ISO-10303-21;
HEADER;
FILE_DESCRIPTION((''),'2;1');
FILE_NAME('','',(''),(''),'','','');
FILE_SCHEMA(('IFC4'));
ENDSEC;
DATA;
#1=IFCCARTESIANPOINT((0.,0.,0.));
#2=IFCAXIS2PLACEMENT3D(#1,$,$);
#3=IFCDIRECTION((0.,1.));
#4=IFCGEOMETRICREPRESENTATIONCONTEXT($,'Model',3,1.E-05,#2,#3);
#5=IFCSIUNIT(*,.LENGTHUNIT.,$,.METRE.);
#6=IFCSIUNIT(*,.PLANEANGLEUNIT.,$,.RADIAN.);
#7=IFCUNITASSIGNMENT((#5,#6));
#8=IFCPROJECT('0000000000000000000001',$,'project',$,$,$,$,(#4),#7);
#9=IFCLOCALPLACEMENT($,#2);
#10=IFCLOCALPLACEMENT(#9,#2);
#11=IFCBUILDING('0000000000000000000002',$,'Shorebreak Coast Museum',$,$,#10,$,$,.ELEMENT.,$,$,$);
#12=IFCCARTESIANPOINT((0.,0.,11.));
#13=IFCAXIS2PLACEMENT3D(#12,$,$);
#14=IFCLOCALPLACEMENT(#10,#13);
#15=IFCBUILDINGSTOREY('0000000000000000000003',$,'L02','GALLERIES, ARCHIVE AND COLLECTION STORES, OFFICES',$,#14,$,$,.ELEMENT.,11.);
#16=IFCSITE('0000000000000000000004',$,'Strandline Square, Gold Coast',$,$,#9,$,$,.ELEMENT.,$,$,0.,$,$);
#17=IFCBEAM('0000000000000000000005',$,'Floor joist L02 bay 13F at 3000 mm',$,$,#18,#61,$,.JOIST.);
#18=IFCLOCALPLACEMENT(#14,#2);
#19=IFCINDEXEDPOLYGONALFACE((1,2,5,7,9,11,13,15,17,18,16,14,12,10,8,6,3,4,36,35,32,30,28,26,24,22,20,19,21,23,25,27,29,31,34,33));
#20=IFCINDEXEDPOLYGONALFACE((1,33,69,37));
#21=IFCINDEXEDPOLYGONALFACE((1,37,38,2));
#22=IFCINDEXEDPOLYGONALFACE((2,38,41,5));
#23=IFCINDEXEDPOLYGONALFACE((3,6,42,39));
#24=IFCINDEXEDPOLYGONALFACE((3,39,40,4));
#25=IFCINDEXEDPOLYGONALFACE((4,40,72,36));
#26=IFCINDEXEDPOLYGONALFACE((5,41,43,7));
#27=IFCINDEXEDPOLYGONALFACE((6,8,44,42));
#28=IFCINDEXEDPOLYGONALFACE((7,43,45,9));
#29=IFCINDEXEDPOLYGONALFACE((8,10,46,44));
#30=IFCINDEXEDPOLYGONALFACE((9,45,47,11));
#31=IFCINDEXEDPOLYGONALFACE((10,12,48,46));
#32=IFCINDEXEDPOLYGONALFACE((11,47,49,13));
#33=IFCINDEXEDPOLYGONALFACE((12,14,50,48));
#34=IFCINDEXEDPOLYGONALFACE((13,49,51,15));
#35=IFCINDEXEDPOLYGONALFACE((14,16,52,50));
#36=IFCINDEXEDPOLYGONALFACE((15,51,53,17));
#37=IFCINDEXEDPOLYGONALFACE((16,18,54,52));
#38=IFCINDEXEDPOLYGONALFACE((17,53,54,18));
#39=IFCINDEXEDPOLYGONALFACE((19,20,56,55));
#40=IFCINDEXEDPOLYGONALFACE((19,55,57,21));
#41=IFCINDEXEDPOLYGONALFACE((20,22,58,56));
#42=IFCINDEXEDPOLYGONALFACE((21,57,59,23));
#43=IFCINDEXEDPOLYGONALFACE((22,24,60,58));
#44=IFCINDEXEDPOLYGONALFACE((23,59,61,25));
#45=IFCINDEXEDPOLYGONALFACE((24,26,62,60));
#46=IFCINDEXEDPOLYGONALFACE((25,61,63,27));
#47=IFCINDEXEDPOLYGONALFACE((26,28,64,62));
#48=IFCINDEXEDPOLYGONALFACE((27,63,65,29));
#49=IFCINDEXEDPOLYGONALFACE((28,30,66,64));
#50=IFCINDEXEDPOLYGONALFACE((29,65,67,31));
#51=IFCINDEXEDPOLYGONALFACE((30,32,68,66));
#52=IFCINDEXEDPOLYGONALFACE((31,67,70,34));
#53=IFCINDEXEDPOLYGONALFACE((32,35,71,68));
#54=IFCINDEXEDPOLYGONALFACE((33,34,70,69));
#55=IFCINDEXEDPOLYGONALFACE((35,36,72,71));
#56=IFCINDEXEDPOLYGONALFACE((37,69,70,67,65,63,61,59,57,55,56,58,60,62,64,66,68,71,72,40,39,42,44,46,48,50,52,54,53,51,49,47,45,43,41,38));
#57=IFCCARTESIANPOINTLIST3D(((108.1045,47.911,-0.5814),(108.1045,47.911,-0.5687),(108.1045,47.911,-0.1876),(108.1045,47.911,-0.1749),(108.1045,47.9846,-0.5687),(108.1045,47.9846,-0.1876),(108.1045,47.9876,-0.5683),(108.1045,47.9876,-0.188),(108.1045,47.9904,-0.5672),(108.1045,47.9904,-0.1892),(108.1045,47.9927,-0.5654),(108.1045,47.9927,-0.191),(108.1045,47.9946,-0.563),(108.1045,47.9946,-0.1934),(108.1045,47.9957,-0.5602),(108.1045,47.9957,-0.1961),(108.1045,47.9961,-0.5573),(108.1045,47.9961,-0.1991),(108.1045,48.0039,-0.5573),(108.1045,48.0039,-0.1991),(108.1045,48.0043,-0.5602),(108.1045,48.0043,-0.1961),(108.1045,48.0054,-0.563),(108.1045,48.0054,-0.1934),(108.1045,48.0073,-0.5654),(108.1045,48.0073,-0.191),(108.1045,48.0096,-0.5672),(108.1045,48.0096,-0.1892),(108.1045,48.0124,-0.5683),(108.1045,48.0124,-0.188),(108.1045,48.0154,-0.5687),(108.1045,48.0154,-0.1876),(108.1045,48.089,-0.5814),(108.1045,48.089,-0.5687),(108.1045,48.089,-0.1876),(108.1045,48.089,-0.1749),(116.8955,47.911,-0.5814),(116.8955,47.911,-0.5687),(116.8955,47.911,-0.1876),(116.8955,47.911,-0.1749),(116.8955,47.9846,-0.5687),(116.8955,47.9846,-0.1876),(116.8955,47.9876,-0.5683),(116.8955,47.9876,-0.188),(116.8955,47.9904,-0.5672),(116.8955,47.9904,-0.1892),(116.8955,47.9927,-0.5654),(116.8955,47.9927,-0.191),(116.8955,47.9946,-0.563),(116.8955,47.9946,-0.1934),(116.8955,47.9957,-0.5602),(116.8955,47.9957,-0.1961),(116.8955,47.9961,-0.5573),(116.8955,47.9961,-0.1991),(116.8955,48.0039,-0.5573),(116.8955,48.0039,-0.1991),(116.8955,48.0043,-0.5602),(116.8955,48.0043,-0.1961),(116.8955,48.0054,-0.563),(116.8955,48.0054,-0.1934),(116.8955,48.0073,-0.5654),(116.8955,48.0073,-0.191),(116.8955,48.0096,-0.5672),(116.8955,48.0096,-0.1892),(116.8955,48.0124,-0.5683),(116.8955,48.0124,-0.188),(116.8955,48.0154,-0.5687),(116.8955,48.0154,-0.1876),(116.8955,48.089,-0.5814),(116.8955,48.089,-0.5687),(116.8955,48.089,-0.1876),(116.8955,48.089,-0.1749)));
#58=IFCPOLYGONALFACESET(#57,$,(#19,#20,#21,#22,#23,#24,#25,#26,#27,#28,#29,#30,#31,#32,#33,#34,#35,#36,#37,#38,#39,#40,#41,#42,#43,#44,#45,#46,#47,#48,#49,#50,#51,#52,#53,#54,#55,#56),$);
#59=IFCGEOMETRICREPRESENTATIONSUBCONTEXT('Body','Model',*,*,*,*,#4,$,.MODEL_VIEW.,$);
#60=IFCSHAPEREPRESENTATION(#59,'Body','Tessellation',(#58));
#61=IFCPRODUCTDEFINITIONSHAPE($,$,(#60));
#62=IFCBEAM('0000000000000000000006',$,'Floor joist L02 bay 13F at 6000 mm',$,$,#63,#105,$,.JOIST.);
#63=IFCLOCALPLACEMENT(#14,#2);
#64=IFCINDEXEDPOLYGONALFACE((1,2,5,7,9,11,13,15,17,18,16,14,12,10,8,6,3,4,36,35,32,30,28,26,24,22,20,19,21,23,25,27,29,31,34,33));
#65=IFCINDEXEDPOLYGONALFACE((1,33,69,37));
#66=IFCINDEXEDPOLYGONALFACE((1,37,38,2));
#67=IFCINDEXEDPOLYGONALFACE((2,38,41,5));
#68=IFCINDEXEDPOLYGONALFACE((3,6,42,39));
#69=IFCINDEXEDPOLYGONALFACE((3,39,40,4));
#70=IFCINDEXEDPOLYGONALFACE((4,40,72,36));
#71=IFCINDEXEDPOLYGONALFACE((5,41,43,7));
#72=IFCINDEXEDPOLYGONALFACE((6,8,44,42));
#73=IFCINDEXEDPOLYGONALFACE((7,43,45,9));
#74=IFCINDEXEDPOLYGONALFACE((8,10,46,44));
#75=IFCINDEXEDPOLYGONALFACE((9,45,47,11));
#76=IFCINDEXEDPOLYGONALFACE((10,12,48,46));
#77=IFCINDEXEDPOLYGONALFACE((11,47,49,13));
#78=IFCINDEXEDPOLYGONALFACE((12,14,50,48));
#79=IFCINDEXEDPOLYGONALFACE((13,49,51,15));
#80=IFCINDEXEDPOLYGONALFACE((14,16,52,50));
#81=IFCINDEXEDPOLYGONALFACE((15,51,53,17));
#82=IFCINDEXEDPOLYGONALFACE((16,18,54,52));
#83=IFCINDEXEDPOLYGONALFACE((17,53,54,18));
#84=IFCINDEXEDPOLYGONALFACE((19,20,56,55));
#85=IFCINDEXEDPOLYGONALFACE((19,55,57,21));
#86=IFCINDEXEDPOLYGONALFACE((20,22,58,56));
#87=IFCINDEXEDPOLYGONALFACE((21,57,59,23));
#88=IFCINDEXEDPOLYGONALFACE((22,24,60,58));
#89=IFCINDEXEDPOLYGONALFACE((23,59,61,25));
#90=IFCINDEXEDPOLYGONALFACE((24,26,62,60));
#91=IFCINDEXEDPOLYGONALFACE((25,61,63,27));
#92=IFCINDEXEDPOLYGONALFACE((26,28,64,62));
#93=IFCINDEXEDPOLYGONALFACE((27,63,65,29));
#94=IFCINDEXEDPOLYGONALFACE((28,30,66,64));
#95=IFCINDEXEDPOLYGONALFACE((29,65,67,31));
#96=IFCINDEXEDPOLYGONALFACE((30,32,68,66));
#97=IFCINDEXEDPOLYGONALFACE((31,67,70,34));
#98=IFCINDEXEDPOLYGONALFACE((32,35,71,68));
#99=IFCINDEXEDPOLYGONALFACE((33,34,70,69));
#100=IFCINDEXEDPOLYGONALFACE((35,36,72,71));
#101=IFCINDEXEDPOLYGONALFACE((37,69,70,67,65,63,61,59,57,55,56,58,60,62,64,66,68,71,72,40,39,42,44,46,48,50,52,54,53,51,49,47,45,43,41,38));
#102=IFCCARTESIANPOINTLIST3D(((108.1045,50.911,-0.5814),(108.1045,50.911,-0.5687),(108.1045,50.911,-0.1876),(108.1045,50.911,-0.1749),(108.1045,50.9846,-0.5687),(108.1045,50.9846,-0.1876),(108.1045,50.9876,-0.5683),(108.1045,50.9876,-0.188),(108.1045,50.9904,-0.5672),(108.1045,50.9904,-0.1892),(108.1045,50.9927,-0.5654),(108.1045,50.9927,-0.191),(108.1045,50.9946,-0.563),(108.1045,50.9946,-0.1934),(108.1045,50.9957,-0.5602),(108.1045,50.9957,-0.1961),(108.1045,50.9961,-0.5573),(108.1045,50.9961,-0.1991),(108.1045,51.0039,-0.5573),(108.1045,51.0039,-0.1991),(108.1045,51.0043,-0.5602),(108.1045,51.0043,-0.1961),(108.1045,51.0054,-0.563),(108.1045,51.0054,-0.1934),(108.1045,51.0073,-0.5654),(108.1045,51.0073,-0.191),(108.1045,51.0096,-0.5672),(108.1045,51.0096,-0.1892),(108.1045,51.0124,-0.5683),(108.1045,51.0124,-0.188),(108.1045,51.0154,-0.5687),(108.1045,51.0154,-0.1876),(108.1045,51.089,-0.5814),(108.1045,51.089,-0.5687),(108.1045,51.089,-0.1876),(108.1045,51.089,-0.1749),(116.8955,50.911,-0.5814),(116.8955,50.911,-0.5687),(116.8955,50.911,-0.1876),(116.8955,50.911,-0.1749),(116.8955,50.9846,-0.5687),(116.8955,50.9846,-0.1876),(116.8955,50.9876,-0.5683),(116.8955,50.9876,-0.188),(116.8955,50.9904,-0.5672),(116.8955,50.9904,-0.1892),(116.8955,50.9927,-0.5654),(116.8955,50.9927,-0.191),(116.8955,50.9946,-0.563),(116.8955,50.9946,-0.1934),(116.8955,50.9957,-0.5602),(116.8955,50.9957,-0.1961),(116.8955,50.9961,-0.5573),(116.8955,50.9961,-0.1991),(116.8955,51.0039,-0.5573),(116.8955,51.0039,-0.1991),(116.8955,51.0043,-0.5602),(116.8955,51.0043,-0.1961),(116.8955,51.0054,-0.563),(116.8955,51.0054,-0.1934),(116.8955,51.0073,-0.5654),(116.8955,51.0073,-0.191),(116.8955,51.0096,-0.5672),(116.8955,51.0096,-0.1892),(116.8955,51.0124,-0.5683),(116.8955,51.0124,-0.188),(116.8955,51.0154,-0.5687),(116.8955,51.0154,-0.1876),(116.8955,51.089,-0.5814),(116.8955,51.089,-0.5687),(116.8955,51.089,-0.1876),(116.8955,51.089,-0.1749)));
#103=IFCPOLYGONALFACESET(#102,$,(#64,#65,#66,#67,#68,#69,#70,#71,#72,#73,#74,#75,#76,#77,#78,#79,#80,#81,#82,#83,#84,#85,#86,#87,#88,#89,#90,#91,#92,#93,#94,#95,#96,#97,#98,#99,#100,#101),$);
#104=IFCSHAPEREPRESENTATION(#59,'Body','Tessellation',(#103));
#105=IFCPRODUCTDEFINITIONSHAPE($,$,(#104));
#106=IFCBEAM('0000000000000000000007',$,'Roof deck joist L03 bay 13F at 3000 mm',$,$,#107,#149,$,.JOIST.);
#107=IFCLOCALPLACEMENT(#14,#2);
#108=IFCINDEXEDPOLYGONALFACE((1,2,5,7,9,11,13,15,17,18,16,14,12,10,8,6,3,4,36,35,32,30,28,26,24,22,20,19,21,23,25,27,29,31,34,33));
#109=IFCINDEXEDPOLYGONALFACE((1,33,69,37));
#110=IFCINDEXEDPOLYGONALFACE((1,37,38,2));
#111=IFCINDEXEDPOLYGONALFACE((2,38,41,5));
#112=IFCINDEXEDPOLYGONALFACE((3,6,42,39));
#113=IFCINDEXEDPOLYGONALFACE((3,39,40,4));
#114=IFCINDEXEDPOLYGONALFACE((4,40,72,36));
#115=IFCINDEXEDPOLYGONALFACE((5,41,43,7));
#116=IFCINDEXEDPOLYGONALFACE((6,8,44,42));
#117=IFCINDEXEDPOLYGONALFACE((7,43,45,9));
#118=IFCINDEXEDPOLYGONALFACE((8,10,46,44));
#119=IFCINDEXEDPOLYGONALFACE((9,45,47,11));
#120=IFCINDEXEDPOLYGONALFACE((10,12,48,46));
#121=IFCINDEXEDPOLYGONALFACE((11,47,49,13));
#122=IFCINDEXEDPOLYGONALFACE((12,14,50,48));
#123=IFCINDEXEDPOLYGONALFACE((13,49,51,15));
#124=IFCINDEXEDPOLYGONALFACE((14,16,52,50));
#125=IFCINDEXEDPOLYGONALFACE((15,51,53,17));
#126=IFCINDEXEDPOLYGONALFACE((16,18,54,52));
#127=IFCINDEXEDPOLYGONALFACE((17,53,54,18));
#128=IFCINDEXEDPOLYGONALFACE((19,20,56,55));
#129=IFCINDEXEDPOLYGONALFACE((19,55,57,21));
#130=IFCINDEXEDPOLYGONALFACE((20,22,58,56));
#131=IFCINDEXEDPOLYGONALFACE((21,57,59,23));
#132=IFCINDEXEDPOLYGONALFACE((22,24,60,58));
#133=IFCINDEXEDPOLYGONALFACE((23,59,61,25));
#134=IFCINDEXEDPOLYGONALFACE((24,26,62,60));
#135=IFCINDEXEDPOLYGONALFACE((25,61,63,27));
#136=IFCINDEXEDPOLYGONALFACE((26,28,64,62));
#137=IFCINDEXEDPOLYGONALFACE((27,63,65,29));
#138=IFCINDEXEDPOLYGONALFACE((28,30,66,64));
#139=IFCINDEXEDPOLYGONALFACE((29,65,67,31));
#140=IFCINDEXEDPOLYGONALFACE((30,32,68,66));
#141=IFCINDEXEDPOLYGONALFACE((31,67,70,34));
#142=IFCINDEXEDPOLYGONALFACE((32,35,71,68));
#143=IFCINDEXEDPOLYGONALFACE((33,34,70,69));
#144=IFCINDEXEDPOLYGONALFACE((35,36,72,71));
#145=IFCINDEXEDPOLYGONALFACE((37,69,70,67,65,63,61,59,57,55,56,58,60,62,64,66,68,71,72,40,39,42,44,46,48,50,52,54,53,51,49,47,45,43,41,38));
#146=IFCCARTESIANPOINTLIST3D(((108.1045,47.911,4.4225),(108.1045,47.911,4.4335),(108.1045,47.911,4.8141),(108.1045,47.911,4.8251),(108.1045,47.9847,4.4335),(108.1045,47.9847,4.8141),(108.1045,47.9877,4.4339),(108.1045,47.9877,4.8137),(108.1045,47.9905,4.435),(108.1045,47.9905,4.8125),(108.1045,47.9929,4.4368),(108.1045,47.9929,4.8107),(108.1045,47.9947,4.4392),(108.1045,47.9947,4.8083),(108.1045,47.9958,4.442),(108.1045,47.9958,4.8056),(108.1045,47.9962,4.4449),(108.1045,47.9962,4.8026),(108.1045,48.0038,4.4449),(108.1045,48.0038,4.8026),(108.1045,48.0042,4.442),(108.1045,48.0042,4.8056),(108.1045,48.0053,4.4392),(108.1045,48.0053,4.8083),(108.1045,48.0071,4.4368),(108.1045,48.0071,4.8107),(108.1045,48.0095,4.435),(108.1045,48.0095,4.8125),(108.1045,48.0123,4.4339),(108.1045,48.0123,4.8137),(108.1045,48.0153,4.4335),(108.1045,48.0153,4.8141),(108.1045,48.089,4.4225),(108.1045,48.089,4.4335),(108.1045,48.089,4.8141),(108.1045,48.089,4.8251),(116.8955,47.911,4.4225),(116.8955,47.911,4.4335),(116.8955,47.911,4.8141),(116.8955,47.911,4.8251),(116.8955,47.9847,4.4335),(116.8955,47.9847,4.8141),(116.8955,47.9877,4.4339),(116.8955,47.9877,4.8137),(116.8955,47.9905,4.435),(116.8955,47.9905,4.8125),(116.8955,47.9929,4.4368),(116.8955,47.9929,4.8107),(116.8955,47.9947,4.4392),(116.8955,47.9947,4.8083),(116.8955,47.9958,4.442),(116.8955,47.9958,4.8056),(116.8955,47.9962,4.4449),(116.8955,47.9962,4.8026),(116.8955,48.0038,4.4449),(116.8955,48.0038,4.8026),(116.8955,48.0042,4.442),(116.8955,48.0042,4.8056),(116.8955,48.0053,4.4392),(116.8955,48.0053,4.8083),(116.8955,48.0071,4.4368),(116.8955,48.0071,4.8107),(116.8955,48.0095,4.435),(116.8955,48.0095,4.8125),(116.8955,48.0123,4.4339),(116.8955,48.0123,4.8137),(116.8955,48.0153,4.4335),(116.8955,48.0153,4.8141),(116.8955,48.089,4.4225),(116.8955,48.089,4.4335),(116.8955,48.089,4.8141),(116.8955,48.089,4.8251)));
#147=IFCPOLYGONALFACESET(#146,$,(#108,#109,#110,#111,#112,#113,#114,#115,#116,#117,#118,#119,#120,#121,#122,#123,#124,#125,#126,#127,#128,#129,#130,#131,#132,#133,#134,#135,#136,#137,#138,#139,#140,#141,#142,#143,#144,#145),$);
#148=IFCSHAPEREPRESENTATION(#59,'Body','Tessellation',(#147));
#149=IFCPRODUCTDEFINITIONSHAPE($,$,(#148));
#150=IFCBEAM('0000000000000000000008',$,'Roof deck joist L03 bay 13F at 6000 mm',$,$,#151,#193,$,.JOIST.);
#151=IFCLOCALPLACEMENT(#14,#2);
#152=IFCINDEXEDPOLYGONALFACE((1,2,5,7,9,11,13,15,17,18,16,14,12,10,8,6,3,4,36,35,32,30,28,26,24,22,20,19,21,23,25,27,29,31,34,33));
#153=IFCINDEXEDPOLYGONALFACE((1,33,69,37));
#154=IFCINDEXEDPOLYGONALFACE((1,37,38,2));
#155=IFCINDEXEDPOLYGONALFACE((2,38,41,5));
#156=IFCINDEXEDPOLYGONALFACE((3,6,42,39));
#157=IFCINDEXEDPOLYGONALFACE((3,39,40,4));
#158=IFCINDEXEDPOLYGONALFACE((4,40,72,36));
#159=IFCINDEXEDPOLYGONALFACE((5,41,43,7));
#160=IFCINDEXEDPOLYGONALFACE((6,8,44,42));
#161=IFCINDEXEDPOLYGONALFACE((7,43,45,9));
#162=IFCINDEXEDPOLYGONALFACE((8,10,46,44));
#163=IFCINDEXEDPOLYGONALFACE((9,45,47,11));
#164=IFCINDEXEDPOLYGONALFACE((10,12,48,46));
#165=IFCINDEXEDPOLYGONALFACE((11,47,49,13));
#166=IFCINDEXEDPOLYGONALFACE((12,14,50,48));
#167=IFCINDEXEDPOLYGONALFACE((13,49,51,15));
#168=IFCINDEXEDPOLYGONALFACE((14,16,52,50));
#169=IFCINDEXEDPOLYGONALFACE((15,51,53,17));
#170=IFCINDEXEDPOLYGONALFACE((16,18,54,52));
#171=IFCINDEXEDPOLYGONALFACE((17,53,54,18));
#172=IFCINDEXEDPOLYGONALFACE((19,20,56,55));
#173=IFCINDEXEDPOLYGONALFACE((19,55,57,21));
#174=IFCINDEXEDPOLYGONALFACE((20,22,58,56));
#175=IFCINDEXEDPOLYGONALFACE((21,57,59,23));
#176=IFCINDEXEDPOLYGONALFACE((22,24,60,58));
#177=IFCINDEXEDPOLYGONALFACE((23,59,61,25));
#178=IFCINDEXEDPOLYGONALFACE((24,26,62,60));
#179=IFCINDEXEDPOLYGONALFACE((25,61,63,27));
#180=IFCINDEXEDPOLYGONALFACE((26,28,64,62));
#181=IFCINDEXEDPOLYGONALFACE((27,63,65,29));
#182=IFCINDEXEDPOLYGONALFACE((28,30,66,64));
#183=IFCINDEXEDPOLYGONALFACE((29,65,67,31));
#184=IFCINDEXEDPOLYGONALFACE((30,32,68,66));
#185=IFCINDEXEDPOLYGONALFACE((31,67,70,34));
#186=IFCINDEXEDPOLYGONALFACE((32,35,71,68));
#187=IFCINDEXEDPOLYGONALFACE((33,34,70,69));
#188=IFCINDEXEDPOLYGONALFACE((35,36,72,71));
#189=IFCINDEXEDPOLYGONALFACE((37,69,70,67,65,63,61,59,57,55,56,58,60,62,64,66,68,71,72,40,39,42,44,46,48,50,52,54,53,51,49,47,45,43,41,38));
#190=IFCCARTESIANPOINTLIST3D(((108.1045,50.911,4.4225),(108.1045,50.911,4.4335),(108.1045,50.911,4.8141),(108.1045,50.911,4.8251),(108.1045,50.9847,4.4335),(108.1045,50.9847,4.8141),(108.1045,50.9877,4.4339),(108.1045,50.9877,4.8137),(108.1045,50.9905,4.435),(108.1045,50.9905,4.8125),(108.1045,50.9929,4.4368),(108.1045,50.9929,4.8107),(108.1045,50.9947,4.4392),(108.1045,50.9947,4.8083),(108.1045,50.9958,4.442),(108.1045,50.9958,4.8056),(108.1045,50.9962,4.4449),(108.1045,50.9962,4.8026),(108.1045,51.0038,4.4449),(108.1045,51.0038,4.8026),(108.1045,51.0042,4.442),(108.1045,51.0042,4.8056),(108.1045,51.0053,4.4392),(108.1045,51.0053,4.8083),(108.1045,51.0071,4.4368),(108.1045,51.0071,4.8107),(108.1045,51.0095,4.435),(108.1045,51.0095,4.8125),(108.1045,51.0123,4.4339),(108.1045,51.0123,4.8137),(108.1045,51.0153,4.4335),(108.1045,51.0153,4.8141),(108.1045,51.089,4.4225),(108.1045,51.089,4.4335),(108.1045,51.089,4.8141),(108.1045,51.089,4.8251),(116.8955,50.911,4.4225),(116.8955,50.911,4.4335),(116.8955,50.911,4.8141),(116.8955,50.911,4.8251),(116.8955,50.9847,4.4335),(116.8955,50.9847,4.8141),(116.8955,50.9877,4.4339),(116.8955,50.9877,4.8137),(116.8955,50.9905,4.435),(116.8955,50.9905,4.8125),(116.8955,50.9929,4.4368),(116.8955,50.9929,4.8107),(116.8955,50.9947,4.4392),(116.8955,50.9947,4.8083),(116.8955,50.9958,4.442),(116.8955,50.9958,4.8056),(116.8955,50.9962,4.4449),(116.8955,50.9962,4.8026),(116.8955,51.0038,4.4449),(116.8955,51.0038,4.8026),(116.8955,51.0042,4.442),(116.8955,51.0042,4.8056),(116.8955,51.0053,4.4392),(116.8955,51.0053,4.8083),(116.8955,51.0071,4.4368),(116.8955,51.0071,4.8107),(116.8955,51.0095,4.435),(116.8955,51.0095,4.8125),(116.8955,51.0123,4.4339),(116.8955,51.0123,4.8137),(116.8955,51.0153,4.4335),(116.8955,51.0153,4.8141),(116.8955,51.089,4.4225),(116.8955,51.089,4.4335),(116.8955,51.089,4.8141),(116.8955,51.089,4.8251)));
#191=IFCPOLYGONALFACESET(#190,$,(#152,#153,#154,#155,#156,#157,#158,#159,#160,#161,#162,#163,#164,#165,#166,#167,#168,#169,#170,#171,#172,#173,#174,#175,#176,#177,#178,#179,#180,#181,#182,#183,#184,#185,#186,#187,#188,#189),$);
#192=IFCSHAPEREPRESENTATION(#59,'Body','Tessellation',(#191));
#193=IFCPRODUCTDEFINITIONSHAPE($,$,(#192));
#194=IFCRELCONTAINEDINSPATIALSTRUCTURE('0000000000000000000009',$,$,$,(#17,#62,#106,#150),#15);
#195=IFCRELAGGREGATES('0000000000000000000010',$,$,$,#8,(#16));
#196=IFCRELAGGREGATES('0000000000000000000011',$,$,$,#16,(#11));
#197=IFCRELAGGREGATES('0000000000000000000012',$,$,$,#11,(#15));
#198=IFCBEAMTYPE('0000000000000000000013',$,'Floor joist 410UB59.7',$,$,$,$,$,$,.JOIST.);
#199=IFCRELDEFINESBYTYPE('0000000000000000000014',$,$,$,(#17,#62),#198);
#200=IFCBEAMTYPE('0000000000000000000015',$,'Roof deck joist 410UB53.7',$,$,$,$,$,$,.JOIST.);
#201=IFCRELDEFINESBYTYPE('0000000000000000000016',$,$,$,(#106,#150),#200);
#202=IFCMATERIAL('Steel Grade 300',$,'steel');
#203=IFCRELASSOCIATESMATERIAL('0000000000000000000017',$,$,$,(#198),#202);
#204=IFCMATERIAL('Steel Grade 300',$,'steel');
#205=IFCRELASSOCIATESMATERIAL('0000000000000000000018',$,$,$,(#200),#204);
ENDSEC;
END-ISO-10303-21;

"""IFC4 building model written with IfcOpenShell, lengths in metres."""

from ifc_helpers import new_model, si_unit, direction, frame, origin, origin_2d, place, context, subcontext, project, spatial, i_section, extrude, material, material_profile, profile_set, type_object, element, save


model = new_model("IFC4")

# Units and contexts
model_context = context("Model", 3, precision=1e-05, world=origin(), true_north=direction((0.0, 1.0)))
body_context = subcontext(model_context, "Body", "Model", "MODEL_VIEW")
ifc_project = project(units=[si_unit("LENGTHUNIT", "METRE"), si_unit("PLANEANGLEUNIT", "RADIAN")], contexts=[model_context])

# Site, building, storey
site_placement = place(None, origin())
site = spatial("IfcSite", under=ifc_project, at=site_placement, Name="Strandline Square, Gold Coast", CompositionType="ELEMENT", RefElevation=0.0)
building_placement = place(site_placement, origin())
building = spatial("IfcBuilding", under=site, at=building_placement, Name="Shorebreak Coast Museum", CompositionType="ELEMENT")
storey_placement = place(building_placement, frame((0.0, 0.0, 11.0)))
storey = spatial("IfcBuildingStorey", under=building, at=storey_placement, Name="L02", Description="GALLERIES, ARCHIVE AND COLLECTION STORES, OFFICES", CompositionType="ELEMENT", Elevation=11.0)

# Beams
ifc_material_1 = material(Name="Steel Grade 300", Category="steel")
ifc_material_profile_1 = material_profile(ifc_material_1, i_section(OverallWidth=0.178, OverallDepth=0.4065, WebThickness=0.0078, FlangeThickness=0.0127, FilletRadius=0.0115, at=origin_2d()), Name="410UB59.7")
ifc_profile_set_1 = profile_set([ifc_material_profile_1], Name="Steel Grade 300")
beam_type_1 = type_object("IfcBeamType", Name="Floor joist 410UB59.7", PredefinedType="JOIST", material=ifc_profile_set_1)
for number, where, z_axis, x_axis, name in (
    (1, (108.1045, 48.0, -0.3782), (1.0, 0.0, 0.0), (0.0, 1.0, 0.0), "Floor joist L02 bay 13F at 3000 mm"),
    (2, (108.1045, 51.0, -0.3782), (1.0, 0.0, 0.0), (0.0, 1.0, 0.0), "Floor joist L02 bay 13F at 6000 mm"),
):
    element("IfcBeam", number, at=place(storey_placement, frame(where, z_axis=z_axis, x_axis=x_axis)), inside=storey, type_object=beam_type_1, Name=name, PredefinedType="JOIST", context=body_context, shape_type="SweptSolid", body=[
        extrude(i_section(OverallWidth=0.178, OverallDepth=0.4065, WebThickness=0.0078, FlangeThickness=0.0127, FilletRadius=0.0115, at=origin_2d()), origin(), (0.0, 0.0, 1.0), 8.791),
    ])
ifc_material_2 = material(Name="Steel Grade 300", Category="steel")
ifc_material_profile_2 = material_profile(ifc_material_2, i_section(OverallWidth=0.178, OverallDepth=0.4026, WebThickness=0.0076, FlangeThickness=0.011, FilletRadius=0.0115, at=origin_2d()), Name="410UB53.7")
ifc_profile_set_2 = profile_set([ifc_material_profile_2], Name="Steel Grade 300")
beam_type_2 = type_object("IfcBeamType", Name="Roof deck joist 410UB53.7", PredefinedType="JOIST", material=ifc_profile_set_2)
for number, where, z_axis, x_axis, name in (
    (3, (108.1045, 48.0, 4.6238), (1.0, 0.0, 0.0), (0.0, 1.0, 0.0), "Roof deck joist L03 bay 13F at 3000 mm"),
    (4, (108.1045, 51.0, 4.6238), (1.0, 0.0, 0.0), (0.0, 1.0, 0.0), "Roof deck joist L03 bay 13F at 6000 mm"),
):
    element("IfcBeam", number, at=place(storey_placement, frame(where, z_axis=z_axis, x_axis=x_axis)), inside=storey, type_object=beam_type_2, Name=name, PredefinedType="JOIST", context=body_context, shape_type="SweptSolid", body=[
        extrude(i_section(OverallWidth=0.178, OverallDepth=0.4026, WebThickness=0.0076, FlangeThickness=0.011, FilletRadius=0.0115, at=origin_2d()), origin(), (0.0, 0.0, 1.0), 8.791),
    ])

save(model, "model.ifc")
